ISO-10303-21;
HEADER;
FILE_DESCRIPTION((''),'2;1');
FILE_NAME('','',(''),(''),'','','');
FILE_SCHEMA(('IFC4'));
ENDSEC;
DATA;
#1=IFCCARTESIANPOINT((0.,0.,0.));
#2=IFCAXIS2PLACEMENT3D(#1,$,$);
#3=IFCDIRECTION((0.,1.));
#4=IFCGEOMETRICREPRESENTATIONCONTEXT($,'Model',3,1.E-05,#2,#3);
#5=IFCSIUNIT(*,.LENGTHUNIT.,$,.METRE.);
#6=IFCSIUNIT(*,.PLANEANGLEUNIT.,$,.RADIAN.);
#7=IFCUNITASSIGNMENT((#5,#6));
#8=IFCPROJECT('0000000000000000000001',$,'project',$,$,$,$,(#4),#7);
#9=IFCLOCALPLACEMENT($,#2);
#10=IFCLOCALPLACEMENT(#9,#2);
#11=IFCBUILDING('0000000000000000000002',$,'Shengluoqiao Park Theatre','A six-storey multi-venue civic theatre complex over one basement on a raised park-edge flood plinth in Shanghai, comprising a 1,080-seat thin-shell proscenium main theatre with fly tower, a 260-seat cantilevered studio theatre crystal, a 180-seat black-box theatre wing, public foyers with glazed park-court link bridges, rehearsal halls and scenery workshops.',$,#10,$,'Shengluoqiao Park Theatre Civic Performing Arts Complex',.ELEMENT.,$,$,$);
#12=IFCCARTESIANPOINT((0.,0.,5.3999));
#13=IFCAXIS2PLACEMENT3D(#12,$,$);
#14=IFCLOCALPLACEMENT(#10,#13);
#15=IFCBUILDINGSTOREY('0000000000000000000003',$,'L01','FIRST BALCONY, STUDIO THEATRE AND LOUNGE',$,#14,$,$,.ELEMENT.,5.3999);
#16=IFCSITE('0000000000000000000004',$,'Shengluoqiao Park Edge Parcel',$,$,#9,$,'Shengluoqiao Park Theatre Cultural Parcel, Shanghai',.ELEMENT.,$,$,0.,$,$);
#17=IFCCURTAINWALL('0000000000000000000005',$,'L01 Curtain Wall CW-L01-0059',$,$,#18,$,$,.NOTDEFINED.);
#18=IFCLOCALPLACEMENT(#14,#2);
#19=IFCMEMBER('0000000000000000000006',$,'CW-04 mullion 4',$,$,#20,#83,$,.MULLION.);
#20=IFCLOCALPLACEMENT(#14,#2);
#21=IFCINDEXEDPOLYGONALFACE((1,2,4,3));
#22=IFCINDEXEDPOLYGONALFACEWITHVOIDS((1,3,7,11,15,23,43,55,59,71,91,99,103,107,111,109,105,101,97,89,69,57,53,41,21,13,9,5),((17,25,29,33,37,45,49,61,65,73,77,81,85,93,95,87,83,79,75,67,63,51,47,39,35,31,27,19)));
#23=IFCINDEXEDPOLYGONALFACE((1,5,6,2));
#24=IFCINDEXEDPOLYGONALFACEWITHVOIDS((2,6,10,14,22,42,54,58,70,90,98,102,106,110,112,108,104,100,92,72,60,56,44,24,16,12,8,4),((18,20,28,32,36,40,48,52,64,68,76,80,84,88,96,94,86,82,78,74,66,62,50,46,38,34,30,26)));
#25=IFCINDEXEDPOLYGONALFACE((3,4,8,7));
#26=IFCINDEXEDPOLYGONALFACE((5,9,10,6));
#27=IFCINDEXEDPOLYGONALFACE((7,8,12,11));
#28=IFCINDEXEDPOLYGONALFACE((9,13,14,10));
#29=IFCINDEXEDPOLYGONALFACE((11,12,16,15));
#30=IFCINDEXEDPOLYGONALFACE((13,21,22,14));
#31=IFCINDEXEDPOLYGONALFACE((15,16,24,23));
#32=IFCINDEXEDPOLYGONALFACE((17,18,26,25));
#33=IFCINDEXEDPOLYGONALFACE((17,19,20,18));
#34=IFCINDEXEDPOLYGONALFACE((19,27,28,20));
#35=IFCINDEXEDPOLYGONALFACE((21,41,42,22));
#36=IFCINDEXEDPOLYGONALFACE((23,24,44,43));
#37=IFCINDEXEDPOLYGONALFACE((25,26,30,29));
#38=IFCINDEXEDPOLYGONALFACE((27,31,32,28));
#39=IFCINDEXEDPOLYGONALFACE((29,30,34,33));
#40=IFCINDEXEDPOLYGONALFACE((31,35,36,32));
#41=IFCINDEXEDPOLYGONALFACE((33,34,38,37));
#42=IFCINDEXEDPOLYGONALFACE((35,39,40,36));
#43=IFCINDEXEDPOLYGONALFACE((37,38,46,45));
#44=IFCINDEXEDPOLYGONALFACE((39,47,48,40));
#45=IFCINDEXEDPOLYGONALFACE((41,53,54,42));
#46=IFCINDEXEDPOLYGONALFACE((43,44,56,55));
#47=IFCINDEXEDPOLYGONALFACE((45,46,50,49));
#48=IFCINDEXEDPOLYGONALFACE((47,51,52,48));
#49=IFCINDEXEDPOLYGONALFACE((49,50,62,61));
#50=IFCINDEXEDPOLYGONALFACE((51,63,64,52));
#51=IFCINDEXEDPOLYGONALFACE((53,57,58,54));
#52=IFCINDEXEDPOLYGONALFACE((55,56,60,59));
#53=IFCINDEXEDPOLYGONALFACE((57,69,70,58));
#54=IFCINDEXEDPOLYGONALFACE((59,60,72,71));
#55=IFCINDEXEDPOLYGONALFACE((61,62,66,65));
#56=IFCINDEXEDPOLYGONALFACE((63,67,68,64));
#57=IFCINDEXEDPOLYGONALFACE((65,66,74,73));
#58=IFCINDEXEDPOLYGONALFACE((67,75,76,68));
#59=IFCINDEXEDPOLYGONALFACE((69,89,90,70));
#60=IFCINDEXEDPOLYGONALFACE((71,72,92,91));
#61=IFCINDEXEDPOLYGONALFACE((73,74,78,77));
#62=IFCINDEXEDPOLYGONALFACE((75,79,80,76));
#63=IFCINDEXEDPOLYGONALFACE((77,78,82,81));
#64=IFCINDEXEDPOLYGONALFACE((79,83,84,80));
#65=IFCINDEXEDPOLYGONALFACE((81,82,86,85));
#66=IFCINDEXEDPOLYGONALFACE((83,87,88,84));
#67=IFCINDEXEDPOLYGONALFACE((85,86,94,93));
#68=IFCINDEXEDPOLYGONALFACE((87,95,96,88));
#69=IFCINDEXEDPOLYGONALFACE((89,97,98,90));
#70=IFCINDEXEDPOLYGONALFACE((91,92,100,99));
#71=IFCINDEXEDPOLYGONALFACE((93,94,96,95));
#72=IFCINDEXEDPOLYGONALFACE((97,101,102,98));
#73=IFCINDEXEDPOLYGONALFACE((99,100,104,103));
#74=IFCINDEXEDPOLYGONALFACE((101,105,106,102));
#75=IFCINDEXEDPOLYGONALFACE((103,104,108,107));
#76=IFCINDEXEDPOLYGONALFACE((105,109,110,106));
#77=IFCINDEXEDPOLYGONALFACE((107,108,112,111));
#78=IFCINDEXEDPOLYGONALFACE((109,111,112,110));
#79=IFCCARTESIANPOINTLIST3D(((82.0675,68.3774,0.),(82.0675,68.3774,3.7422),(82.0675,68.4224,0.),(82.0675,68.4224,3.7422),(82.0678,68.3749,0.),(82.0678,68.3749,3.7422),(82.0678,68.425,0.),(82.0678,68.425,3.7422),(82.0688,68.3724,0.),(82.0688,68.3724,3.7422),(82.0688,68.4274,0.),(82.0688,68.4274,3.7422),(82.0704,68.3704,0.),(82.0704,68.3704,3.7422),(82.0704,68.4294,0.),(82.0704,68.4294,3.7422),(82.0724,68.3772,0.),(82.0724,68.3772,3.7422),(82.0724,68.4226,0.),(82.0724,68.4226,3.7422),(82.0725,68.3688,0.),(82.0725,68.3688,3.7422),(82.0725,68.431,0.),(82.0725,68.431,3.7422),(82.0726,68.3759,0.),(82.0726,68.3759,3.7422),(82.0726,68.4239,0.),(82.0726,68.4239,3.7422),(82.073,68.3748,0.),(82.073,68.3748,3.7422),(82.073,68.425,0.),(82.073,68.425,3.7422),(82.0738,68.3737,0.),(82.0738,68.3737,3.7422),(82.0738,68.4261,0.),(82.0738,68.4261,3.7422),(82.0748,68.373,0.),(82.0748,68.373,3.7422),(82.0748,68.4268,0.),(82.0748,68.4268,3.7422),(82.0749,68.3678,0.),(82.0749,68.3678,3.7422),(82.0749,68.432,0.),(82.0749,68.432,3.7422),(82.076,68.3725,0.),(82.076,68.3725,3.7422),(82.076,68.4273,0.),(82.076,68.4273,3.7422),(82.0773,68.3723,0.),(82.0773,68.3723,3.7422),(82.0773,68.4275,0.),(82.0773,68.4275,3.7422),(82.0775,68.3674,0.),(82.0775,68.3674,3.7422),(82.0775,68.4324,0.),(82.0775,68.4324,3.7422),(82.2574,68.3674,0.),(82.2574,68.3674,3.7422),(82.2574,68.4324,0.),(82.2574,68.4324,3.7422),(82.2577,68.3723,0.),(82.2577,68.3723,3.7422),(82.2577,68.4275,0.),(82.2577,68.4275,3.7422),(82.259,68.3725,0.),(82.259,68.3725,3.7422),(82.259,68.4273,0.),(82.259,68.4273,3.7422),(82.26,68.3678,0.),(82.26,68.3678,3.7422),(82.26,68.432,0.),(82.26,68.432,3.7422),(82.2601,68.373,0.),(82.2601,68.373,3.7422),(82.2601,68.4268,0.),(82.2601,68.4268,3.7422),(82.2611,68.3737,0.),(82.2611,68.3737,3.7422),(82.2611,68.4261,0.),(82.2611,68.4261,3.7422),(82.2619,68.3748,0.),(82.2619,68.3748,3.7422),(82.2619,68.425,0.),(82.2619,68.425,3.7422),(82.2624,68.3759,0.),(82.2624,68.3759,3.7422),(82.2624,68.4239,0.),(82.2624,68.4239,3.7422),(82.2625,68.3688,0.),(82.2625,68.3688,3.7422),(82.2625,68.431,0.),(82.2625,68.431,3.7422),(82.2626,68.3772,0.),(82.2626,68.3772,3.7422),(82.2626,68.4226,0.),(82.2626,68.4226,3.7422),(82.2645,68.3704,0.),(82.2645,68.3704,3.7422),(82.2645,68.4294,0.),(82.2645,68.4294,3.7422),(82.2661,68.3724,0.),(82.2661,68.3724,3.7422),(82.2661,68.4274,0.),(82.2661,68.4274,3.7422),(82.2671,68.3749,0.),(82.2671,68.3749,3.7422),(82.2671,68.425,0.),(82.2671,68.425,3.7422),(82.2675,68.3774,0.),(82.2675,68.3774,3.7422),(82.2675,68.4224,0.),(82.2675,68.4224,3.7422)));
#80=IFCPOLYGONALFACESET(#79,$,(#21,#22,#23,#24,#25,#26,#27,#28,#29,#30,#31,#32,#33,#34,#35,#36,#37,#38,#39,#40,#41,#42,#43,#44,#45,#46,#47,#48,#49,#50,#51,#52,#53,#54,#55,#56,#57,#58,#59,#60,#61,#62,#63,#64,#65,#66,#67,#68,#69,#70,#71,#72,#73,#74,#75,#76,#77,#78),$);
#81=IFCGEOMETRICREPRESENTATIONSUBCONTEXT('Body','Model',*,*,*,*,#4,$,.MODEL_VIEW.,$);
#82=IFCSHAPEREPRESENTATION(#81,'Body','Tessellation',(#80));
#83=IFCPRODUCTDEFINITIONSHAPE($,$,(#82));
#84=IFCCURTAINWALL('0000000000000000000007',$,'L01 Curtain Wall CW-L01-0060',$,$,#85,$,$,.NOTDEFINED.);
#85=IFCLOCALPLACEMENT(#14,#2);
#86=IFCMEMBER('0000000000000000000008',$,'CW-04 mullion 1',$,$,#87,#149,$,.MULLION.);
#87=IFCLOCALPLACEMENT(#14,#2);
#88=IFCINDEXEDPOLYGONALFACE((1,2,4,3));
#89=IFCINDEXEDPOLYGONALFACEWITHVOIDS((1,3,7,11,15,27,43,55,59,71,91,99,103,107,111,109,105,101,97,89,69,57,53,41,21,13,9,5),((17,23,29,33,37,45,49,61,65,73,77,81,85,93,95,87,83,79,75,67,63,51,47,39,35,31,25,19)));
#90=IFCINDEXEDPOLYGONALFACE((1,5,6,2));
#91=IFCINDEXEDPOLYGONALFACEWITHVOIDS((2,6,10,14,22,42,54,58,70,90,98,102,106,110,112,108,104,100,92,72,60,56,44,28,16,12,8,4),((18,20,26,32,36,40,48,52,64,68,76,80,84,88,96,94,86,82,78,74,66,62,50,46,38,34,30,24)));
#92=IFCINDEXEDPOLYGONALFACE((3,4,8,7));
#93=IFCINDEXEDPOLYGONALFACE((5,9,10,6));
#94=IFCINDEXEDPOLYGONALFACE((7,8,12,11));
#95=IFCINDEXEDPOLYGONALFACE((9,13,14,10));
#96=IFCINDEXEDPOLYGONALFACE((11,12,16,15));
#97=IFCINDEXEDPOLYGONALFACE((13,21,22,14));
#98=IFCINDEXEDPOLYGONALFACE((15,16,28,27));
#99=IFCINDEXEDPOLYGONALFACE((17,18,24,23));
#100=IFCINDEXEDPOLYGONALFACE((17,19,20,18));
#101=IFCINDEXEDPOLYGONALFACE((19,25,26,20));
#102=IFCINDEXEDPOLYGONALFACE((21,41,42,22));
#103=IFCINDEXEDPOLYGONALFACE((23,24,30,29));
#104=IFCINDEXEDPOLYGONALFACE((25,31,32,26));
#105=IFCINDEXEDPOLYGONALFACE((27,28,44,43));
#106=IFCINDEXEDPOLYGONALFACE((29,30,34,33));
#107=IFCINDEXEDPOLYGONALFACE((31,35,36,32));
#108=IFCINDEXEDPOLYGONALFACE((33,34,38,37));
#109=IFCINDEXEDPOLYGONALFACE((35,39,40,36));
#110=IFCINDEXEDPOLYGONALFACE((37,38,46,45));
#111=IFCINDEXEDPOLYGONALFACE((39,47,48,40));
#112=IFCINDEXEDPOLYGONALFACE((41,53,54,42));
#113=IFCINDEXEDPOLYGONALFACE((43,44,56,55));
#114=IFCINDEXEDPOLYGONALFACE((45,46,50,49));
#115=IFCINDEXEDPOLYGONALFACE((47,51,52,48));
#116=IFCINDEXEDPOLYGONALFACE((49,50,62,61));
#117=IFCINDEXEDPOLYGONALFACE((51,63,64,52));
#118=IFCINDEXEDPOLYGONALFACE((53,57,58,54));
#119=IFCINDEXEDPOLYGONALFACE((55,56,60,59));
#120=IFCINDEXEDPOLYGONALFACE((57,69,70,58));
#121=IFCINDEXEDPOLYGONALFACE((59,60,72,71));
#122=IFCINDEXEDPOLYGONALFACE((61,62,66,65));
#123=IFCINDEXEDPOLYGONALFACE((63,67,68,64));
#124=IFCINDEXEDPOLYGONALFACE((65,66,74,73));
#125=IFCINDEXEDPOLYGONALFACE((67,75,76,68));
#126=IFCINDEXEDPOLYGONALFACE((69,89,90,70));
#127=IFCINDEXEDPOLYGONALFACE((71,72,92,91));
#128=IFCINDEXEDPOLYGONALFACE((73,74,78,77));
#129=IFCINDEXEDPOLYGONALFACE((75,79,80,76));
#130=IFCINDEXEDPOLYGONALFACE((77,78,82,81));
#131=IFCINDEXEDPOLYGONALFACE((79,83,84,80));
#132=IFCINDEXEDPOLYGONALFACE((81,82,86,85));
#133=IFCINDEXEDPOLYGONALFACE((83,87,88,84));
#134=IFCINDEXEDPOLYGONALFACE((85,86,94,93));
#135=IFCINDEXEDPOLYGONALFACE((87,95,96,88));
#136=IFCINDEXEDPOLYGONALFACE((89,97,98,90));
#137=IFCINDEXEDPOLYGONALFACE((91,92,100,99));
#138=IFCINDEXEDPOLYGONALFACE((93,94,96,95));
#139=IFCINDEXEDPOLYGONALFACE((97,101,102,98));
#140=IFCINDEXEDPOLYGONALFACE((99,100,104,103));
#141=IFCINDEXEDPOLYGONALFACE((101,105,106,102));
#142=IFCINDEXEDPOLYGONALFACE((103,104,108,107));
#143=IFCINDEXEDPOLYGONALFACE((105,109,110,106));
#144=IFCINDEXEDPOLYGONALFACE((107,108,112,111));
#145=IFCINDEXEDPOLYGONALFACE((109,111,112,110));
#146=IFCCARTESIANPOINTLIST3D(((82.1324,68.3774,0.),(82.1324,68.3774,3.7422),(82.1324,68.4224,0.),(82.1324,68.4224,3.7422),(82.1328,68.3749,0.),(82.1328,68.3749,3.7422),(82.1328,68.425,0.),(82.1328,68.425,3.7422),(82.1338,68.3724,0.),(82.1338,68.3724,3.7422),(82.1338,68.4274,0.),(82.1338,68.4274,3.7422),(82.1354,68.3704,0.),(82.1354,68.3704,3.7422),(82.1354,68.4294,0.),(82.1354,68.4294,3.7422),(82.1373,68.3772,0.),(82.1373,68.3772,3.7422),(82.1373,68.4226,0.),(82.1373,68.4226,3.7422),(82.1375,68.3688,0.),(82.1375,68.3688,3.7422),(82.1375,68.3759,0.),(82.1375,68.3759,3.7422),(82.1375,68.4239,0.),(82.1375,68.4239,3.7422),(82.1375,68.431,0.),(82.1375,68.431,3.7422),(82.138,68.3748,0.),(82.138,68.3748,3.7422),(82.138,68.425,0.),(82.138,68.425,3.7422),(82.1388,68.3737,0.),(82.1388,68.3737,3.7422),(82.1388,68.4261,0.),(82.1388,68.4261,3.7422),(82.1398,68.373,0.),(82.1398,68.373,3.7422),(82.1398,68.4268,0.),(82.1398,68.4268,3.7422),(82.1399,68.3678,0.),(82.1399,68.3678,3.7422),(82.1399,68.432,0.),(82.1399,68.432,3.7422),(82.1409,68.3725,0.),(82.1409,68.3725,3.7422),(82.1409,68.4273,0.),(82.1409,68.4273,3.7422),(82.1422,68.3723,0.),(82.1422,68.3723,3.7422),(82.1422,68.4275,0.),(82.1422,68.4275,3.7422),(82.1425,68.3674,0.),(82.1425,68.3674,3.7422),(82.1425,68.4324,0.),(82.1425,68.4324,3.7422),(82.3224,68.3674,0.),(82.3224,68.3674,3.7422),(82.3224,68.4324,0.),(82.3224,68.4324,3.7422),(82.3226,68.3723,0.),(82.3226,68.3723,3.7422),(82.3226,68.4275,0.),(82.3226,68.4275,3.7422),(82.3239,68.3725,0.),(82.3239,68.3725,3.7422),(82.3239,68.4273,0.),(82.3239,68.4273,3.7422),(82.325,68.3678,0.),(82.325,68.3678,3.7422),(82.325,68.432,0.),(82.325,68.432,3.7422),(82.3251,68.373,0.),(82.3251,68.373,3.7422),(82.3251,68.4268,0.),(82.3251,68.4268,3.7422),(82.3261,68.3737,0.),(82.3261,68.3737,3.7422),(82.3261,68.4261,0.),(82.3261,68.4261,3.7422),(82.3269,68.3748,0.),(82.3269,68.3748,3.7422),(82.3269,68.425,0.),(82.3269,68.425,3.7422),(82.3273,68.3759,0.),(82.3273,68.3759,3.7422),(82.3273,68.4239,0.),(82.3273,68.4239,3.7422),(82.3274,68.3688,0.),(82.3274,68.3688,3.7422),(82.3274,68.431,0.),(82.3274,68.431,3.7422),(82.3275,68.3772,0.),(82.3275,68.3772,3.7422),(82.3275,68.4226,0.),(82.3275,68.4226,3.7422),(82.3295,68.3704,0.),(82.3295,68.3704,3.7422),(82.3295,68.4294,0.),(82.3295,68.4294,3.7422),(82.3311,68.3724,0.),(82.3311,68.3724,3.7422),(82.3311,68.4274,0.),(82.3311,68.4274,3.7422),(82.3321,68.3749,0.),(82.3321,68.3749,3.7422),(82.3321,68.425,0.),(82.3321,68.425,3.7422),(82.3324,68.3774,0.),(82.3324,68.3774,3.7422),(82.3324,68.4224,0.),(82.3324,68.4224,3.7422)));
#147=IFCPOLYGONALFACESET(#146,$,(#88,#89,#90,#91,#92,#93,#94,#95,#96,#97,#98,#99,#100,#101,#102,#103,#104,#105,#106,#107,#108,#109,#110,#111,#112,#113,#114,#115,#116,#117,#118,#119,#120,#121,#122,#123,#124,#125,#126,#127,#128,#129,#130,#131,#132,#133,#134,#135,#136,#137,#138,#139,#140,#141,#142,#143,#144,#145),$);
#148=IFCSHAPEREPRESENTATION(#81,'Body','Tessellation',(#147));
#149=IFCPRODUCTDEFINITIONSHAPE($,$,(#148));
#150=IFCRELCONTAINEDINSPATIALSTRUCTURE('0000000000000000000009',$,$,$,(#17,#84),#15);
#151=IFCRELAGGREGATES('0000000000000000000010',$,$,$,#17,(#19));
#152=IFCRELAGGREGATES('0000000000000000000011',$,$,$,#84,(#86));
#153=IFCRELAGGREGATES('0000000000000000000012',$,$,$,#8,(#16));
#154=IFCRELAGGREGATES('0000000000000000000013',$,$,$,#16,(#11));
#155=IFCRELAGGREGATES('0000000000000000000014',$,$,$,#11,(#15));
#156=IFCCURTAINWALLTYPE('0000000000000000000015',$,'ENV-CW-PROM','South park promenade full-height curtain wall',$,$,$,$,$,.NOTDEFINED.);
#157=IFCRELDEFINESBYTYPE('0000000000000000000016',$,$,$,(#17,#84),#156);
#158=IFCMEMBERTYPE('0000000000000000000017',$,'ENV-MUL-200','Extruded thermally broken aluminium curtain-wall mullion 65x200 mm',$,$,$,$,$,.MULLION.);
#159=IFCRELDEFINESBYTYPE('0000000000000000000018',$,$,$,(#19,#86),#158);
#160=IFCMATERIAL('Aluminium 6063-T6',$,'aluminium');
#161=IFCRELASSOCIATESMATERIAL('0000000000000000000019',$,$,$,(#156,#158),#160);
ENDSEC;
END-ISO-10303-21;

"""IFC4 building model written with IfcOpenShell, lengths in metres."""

from ifc_helpers import new_model, si_unit, direction, frame, origin, origin_2d, place, context, subcontext, project, spatial, hollow_rectangle, extrude, material, material_profile, profile_set, type_object, element, aggregate, save


model = new_model("IFC4")

# Units and contexts
model_context = context("Model", 3, precision=1e-05, world=origin(), true_north=direction((0.0, 1.0)))
body_context = subcontext(model_context, "Body", "Model", "MODEL_VIEW")
ifc_project = project(units=[si_unit("LENGTHUNIT", "METRE"), si_unit("PLANEANGLEUNIT", "RADIAN")], contexts=[model_context])

# Site, building, storey
site_placement = place(None, origin())
site = spatial("IfcSite", under=ifc_project, at=site_placement, Name="Shengluoqiao Park Edge Parcel", LongName="Shengluoqiao Park Theatre Cultural Parcel, Shanghai", CompositionType="ELEMENT", RefElevation=0.0)
building_placement = place(site_placement, origin())
building = spatial("IfcBuilding", under=site, at=building_placement, Name="Shengluoqiao Park Theatre", Description="A six-storey multi-venue civic theatre complex over one basement on a raised park-edge flood plinth in Shanghai, comprising a 1,080-seat thin-shell proscenium main theatre with fly tower, a 260-seat cantilevered studio theatre crystal, a 180-seat black-box theatre wing, public foyers with glazed park-court link bridges, rehearsal halls and scenery workshops.", LongName="Shengluoqiao Park Theatre Civic Performing Arts Complex", CompositionType="ELEMENT")
storey_placement = place(building_placement, frame((0.0, 0.0, 5.3999)))
storey = spatial("IfcBuildingStorey", under=building, at=storey_placement, Name="L01", Description="FIRST BALCONY, STUDIO THEATRE AND LOUNGE", CompositionType="ELEMENT", Elevation=5.3999)

# Curtain walls, members
ifc_material_1 = material(Name="Aluminium 6063-T6", Category="aluminium")
curtain_wall_type = type_object("IfcCurtainWallType", Name="ENV-CW-PROM", Description="South park promenade full-height curtain wall", PredefinedType="NOTDEFINED", material=ifc_material_1)
curtain_wall_1_placement = place(storey_placement, origin())
curtain_wall_1 = element("IfcCurtainWall", 1, at=curtain_wall_1_placement, inside=storey, type_object=curtain_wall_type, Name="L01 Curtain Wall CW-L01-0059", PredefinedType="NOTDEFINED")
ifc_material_profile_1 = material_profile(ifc_material_1, hollow_rectangle(XDim=0.0649, YDim=0.2, WallThickness=0.0049, InnerFilletRadius=0.0049, OuterFilletRadius=0.01, at=origin_2d()), Name="ALU MULLION 200x65x5")
ifc_profile_set_1 = profile_set([ifc_material_profile_1], Name="Aluminium 6063-T6")
member_type_1 = type_object("IfcMemberType", Name="ENV-MUL-200", Description="Extruded thermally broken aluminium curtain-wall mullion 65x200 mm", PredefinedType="MULLION", material=ifc_profile_set_1)
member_1_placement = place(storey_placement, frame((82.1675, 68.3999, 0.0), z_axis=(0.0, 0.0, 1.0), x_axis=(0.0, 1.0, 0.0)))
member_1 = element("IfcMember", 2, at=member_1_placement, type_object=member_type_1, Name="CW-04 mullion 4", PredefinedType="MULLION", context=body_context, shape_type="SweptSolid", body=[
    extrude(hollow_rectangle(XDim=0.0649, YDim=0.2, WallThickness=0.0049, InnerFilletRadius=0.0049, OuterFilletRadius=0.01, at=origin_2d()), origin(), (0.0, 0.0, 1.0), 3.7422),
])
curtain_wall_2_placement = place(storey_placement, origin())
curtain_wall_2 = element("IfcCurtainWall", 3, at=curtain_wall_2_placement, inside=storey, type_object=curtain_wall_type, Name="L01 Curtain Wall CW-L01-0060", PredefinedType="NOTDEFINED")
member_2_placement = place(storey_placement, frame((82.2324, 68.3999, 0.0), z_axis=(0.0, 0.0, 1.0), x_axis=(0.0, 1.0, 0.0)))
member_2 = element("IfcMember", 4, at=member_2_placement, type_object=member_type_1, Name="CW-04 mullion 1", PredefinedType="MULLION", context=body_context, shape_type="SweptSolid", body=[
    extrude(hollow_rectangle(XDim=0.0649, YDim=0.2, WallThickness=0.0049, InnerFilletRadius=0.0049, OuterFilletRadius=0.01, at=origin_2d()), origin(), (0.0, 0.0, 1.0), 3.7422),
])

aggregate(curtain_wall_1, [member_1])
aggregate(curtain_wall_2, [member_2])

save(model, "model.ifc")
